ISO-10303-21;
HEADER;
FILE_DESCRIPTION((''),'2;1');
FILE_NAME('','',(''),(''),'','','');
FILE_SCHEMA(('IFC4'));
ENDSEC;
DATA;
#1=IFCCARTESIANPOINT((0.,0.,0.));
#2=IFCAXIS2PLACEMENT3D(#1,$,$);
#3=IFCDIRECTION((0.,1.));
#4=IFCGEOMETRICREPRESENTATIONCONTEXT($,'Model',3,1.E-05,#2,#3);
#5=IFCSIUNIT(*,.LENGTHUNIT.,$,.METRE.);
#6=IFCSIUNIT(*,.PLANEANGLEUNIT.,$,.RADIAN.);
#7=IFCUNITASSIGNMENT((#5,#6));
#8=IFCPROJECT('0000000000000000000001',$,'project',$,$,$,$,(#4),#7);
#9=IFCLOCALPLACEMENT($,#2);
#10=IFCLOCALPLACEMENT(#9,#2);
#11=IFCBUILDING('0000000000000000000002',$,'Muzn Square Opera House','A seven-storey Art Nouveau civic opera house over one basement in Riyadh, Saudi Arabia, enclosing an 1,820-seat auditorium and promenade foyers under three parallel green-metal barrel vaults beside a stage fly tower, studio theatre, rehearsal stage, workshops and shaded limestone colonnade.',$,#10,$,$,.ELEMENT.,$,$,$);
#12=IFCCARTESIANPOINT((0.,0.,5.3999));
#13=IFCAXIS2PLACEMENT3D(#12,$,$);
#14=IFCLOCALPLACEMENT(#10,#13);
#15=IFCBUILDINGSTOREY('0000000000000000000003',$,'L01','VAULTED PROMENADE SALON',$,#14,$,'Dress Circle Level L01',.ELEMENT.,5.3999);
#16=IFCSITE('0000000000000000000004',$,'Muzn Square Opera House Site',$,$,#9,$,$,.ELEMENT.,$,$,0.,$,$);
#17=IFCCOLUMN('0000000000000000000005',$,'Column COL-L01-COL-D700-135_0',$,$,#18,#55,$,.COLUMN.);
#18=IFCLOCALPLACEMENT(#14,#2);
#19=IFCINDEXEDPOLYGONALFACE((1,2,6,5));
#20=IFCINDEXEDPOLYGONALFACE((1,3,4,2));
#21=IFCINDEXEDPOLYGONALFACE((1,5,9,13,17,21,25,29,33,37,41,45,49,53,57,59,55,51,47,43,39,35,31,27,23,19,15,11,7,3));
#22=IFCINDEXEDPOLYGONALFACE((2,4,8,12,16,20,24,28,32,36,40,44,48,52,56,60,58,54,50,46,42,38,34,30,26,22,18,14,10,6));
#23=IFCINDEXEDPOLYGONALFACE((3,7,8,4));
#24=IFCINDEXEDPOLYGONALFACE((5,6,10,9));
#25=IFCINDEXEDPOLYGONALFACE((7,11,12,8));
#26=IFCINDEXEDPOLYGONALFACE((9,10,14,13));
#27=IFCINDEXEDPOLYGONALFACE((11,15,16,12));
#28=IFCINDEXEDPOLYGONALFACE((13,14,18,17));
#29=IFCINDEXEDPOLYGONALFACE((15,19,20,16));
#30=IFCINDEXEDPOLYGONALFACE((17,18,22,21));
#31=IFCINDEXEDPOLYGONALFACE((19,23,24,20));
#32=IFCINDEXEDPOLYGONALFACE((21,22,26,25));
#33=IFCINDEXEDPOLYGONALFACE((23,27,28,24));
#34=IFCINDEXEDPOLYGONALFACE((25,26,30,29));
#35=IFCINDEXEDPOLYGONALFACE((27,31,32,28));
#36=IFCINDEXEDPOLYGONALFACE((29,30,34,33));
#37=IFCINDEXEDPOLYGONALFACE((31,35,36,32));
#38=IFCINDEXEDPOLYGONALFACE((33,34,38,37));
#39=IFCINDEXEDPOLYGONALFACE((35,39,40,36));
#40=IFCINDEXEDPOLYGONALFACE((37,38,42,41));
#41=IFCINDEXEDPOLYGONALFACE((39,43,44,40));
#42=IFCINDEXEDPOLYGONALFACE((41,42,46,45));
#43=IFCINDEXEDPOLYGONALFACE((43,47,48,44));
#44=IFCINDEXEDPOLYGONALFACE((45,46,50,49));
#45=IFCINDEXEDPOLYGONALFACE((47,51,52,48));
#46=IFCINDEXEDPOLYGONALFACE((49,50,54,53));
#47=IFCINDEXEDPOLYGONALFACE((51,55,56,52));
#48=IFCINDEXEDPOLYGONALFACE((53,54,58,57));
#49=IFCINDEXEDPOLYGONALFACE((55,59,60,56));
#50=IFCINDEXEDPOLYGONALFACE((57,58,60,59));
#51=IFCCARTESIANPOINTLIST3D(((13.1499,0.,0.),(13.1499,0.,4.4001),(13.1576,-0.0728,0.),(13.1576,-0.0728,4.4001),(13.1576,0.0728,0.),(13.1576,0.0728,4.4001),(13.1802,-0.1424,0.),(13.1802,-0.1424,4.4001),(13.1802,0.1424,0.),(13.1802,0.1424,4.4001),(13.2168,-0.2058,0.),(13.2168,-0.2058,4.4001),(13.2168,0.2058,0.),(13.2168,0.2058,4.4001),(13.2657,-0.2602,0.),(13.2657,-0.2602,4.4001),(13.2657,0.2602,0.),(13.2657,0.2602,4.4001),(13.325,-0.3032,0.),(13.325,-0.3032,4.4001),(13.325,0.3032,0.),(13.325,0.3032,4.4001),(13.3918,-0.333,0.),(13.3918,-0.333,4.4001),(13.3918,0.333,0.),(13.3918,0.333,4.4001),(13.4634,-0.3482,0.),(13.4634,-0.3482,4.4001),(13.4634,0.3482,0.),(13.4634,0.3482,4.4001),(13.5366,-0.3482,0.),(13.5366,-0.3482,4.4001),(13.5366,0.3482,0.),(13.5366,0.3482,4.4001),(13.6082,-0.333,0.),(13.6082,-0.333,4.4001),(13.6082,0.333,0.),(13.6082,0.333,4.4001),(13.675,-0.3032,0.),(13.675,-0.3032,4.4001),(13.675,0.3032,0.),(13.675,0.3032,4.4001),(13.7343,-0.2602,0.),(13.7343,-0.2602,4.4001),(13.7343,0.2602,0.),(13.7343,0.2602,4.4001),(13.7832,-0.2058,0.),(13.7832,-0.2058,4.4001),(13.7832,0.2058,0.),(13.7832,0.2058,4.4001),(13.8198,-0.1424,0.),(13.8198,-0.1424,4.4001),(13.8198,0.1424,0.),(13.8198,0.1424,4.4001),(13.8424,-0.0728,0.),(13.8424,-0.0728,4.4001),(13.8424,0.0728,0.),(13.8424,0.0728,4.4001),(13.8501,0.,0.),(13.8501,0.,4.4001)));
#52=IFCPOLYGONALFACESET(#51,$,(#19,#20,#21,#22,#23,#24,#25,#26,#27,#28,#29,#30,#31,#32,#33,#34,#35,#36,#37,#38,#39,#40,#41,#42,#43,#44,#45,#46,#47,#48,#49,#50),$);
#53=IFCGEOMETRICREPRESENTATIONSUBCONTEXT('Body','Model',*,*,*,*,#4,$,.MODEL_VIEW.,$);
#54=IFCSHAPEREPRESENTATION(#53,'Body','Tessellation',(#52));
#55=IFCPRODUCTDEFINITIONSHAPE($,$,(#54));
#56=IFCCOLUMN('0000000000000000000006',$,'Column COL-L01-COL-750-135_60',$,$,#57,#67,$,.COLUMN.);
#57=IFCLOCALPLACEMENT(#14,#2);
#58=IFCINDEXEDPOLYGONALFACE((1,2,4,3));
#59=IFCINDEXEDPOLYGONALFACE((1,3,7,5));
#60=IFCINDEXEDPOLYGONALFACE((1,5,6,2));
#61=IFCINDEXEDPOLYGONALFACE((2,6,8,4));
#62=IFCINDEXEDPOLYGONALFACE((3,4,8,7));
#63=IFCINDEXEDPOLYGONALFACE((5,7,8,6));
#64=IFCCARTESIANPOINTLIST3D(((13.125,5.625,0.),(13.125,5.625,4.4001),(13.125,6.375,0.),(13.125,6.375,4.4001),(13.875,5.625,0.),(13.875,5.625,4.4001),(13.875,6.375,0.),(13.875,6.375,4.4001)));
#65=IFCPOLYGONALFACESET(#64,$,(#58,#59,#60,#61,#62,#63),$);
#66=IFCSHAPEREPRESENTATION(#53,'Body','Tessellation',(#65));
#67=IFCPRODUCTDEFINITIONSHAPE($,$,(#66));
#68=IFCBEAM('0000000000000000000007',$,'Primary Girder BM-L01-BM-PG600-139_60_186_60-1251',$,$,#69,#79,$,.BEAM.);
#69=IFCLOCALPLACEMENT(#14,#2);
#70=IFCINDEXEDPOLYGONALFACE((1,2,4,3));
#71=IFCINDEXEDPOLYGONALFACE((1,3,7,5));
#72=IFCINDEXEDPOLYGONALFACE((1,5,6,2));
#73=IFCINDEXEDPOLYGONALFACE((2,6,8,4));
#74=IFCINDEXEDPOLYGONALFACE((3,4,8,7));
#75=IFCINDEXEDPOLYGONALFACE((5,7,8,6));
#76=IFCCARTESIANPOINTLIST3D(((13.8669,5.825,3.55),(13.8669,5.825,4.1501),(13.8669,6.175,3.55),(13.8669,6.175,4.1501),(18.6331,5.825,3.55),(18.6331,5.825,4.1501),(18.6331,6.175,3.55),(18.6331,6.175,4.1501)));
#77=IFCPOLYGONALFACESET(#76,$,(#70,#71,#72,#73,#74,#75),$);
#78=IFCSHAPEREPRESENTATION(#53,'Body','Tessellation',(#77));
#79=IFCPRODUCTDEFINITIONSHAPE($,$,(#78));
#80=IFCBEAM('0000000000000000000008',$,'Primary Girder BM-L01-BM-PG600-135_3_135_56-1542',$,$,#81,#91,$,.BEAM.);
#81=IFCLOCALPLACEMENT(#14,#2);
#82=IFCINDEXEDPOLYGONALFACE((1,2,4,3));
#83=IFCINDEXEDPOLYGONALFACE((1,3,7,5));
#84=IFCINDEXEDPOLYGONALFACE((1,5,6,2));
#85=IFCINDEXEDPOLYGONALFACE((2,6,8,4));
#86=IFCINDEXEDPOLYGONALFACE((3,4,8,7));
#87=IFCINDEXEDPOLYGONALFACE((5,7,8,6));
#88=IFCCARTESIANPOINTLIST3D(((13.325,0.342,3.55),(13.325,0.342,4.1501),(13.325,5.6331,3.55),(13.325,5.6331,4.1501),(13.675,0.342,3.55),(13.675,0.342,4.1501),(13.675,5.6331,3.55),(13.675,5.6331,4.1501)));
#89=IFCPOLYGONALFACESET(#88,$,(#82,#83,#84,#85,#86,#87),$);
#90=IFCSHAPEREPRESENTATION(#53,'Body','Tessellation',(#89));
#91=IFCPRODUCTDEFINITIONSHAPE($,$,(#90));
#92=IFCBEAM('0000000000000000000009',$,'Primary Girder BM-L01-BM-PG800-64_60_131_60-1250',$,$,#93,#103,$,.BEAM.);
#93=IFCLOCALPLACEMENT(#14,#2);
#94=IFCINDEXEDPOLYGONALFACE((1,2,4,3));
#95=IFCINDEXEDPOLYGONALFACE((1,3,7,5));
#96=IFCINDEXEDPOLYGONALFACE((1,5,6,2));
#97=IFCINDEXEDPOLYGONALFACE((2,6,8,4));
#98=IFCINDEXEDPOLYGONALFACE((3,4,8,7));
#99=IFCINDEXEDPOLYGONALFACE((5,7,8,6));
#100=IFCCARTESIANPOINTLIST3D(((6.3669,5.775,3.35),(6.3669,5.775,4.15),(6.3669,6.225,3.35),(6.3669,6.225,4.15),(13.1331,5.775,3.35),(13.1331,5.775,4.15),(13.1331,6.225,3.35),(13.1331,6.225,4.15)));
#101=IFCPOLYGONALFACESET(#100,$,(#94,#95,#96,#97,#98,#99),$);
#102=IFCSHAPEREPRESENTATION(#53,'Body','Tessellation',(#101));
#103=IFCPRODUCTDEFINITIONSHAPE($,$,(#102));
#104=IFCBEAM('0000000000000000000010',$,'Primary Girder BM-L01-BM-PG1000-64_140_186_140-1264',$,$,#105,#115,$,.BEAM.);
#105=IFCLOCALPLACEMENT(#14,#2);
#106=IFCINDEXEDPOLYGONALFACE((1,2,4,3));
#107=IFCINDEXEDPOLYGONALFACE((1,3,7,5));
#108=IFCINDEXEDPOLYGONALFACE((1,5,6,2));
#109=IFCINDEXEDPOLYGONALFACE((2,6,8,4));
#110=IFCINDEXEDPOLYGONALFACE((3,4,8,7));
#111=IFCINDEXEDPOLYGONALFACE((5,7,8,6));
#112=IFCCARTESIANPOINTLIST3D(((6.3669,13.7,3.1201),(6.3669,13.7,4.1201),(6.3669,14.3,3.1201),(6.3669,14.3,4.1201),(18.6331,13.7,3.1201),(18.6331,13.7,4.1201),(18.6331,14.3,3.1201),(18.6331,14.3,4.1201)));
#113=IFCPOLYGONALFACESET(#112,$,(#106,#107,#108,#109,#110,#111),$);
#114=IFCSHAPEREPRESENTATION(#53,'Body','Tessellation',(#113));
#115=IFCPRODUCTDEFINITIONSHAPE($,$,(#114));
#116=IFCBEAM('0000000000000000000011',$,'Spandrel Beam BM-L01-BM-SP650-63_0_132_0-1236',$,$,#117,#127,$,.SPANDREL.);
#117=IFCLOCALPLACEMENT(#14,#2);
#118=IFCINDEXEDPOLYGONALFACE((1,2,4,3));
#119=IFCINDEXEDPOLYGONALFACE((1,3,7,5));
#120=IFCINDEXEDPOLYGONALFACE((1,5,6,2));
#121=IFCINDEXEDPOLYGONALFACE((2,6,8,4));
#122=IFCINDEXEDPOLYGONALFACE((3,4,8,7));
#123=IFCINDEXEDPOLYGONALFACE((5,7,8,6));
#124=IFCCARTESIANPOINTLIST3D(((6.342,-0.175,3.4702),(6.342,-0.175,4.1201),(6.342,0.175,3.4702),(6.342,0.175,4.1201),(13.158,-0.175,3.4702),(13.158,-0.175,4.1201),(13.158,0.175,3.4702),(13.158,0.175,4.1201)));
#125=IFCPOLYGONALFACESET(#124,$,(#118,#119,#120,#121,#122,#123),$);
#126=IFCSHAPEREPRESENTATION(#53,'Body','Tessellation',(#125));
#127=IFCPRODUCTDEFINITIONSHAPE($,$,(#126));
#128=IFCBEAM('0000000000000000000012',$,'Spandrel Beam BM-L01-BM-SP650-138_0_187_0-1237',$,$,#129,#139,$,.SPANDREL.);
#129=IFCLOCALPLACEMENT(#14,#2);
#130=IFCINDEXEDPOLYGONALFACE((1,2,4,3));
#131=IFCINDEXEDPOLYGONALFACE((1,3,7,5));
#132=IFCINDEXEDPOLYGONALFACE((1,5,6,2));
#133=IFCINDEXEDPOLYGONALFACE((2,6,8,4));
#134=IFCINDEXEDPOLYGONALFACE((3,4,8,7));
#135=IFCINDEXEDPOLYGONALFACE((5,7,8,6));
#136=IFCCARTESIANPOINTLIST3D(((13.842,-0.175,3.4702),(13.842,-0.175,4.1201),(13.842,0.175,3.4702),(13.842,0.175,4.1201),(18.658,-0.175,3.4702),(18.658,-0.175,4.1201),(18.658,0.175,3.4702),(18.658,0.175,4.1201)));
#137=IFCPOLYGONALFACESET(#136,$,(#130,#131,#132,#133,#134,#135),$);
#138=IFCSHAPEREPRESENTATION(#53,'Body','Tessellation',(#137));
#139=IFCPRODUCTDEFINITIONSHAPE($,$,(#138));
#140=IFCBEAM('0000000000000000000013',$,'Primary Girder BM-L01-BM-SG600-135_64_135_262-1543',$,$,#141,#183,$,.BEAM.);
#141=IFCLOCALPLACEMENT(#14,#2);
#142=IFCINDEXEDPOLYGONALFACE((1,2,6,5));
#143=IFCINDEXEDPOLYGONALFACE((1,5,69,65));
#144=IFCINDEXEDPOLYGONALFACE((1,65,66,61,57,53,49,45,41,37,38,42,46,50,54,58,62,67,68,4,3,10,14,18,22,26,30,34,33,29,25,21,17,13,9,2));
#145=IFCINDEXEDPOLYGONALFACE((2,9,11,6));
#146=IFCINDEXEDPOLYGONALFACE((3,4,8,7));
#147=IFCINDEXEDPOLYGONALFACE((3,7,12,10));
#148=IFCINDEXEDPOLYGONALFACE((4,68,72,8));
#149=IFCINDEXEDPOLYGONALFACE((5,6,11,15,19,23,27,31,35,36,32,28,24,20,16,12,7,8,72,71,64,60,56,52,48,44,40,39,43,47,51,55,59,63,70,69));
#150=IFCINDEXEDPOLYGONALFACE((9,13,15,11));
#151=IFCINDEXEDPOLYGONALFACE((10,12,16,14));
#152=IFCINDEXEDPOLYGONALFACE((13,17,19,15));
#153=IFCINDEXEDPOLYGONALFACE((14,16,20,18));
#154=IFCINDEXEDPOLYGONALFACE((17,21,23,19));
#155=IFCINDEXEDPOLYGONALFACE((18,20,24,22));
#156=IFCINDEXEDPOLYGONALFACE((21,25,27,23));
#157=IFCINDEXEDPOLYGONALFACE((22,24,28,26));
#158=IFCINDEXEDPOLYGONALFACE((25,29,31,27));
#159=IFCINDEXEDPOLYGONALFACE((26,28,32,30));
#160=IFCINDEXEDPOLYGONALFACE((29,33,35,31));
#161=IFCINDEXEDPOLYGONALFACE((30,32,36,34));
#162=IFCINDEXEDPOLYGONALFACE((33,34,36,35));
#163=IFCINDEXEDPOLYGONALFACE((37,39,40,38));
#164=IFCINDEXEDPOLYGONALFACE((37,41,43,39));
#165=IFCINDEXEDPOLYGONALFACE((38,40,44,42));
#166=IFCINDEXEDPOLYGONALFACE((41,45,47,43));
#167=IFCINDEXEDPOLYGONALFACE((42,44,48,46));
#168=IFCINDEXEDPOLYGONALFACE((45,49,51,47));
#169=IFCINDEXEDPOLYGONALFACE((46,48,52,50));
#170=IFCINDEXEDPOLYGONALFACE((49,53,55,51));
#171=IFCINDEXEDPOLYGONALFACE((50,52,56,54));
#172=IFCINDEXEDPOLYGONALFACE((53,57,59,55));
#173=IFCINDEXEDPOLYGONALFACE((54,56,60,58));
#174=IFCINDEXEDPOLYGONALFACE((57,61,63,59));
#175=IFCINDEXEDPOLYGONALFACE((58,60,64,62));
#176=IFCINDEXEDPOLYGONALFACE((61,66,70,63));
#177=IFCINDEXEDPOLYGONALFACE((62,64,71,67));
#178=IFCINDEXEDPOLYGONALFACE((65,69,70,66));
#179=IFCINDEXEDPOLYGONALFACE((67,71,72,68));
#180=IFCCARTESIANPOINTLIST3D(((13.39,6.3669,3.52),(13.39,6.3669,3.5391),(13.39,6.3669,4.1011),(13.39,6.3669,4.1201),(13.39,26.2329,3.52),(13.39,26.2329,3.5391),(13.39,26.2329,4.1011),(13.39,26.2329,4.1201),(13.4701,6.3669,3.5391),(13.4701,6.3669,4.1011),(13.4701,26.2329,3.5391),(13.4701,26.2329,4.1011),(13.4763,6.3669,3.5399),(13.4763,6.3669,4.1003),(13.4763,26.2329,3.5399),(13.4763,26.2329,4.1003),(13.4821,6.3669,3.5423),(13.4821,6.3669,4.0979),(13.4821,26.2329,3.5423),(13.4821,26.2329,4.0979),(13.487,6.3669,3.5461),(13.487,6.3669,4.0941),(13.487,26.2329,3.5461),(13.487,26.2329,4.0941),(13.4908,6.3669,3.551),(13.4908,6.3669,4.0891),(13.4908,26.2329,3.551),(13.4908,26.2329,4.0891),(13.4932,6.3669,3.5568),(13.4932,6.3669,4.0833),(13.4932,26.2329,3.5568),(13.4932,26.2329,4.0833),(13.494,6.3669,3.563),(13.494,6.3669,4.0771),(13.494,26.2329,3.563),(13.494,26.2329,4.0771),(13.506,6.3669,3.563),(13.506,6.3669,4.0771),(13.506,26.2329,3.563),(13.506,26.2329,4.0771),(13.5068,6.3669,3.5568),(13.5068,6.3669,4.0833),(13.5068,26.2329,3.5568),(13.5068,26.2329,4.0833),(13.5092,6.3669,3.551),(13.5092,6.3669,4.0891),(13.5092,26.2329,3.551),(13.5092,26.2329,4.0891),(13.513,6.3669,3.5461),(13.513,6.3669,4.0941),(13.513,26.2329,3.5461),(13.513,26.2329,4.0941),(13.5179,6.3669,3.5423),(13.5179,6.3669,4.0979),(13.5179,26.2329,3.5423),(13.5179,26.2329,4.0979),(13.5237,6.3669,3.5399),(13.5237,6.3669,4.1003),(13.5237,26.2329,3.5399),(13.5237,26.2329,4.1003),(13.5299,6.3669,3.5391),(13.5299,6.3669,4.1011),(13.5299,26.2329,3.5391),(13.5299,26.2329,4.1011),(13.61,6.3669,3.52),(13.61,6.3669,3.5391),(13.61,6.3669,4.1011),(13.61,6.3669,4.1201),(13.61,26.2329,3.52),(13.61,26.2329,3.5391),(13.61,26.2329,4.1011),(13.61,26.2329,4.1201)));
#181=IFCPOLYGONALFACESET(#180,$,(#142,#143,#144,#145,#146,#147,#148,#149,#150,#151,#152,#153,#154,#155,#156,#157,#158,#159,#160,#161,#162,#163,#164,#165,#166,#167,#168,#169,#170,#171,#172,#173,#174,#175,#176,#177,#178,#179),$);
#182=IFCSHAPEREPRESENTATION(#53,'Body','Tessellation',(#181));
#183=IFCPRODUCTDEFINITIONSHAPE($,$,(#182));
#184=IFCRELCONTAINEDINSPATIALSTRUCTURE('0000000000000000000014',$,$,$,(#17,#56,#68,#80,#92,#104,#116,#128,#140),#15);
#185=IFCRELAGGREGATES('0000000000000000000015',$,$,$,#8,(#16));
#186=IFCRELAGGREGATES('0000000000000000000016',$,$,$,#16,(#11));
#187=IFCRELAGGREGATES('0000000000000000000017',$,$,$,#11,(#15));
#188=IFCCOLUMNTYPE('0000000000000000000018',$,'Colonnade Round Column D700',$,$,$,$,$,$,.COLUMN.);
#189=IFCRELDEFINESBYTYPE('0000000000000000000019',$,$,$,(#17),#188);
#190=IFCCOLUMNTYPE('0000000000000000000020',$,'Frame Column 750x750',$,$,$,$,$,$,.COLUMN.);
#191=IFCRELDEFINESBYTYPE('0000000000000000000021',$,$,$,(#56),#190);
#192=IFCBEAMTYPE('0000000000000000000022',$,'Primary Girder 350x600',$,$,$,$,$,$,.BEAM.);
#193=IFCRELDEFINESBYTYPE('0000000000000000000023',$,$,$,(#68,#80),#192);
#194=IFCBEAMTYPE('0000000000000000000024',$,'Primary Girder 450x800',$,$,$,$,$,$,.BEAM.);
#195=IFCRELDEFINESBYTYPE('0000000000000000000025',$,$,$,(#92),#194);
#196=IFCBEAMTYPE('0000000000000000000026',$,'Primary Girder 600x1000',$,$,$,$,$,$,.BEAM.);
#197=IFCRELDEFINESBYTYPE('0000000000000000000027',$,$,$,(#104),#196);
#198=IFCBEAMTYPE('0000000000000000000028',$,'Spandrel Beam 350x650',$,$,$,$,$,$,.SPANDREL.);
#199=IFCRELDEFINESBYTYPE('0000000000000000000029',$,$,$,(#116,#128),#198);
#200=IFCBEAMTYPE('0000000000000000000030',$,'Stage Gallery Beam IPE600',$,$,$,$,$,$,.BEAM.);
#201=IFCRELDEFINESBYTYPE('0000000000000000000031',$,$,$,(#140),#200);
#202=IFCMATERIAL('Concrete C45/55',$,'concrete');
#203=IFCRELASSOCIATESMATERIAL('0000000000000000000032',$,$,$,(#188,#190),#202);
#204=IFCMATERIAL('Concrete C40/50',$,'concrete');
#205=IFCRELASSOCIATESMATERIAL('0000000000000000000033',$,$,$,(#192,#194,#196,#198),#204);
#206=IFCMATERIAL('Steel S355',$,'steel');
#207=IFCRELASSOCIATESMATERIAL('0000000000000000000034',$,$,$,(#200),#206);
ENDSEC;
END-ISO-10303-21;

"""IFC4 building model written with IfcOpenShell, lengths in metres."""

from ifc_helpers import new_model, si_unit, direction, frame, origin, origin_2d, place, context, subcontext, project, spatial, rectangle, circle, i_section, extrude, material, material_profile, profile_set, type_object, element, save


model = new_model("IFC4")

# Units and contexts
model_context = context("Model", 3, precision=1e-05, world=origin(), true_north=direction((0.0, 1.0)))
body_context = subcontext(model_context, "Body", "Model", "MODEL_VIEW")
ifc_project = project(units=[si_unit("LENGTHUNIT", "METRE"), si_unit("PLANEANGLEUNIT", "RADIAN")], contexts=[model_context])

# Site, building, storey
site_placement = place(None, origin())
site = spatial("IfcSite", under=ifc_project, at=site_placement, Name="Muzn Square Opera House Site", CompositionType="ELEMENT", RefElevation=0.0)
building_placement = place(site_placement, origin())
building = spatial("IfcBuilding", under=site, at=building_placement, Name="Muzn Square Opera House", Description="A seven-storey Art Nouveau civic opera house over one basement in Riyadh, Saudi Arabia, enclosing an 1,820-seat auditorium and promenade foyers under three parallel green-metal barrel vaults beside a stage fly tower, studio theatre, rehearsal stage, workshops and shaded limestone colonnade.", CompositionType="ELEMENT")
storey_placement = place(building_placement, frame((0.0, 0.0, 5.3999)))
storey = spatial("IfcBuildingStorey", under=building, at=storey_placement, Name="L01", Description="VAULTED PROMENADE SALON", LongName="Dress Circle Level L01", CompositionType="ELEMENT", Elevation=5.3999)

# Columns
ifc_material_1 = material(Name="Concrete C45/55", Category="concrete")
ifc_material_profile_1 = material_profile(ifc_material_1, circle(Radius=0.3501, at=origin_2d()), Name="RCC D700", Category="concrete")
ifc_profile_set_1 = profile_set([ifc_material_profile_1], Name="Concrete C45/55")
column_type_1 = type_object("IfcColumnType", Name="Colonnade Round Column D700", PredefinedType="COLUMN", material=ifc_profile_set_1)
column_1_placement = place(storey_placement, frame((13.5, 0.0, 0.0), z_axis=(0.0, 0.0, 1.0), x_axis=(1.0, 0.0, 0.0)))
element("IfcColumn", 1, at=column_1_placement, inside=storey, type_object=column_type_1, Name="Column COL-L01-COL-D700-135_0", PredefinedType="COLUMN", context=body_context, shape_type="SweptSolid", body=[
    extrude(circle(Radius=0.3501, at=origin_2d()), origin(), (0.0, 0.0, 1.0), 4.4001),
])
ifc_material_profile_2 = material_profile(ifc_material_1, rectangle(XDim=0.75, YDim=0.75, at=origin_2d()), Name="RC 750x750", Category="concrete")
ifc_profile_set_2 = profile_set([ifc_material_profile_2], Name="Concrete C45/55")
column_type_2 = type_object("IfcColumnType", Name="Frame Column 750x750", PredefinedType="COLUMN", material=ifc_profile_set_2)
column_2_placement = place(storey_placement, frame((13.5, 6.0, 0.0), z_axis=(0.0, 0.0, 1.0), x_axis=(1.0, 0.0, 0.0)))
element("IfcColumn", 2, at=column_2_placement, inside=storey, type_object=column_type_2, Name="Column COL-L01-COL-750-135_60", PredefinedType="COLUMN", context=body_context, shape_type="SweptSolid", body=[
    extrude(rectangle(XDim=0.75, YDim=0.75, at=origin_2d()), origin(), (0.0, 0.0, 1.0), 4.4001),
])

# Beams
ifc_material_2 = material(Name="Concrete C40/50", Category="concrete")
ifc_material_profile_3 = material_profile(ifc_material_2, rectangle(XDim=0.3501, YDim=0.6001, at=origin_2d()), Name="RCB 350x600", Category="concrete")
ifc_profile_set_3 = profile_set([ifc_material_profile_3], Name="Concrete C40/50")
beam_type_1 = type_object("IfcBeamType", Name="Primary Girder 350x600", PredefinedType="BEAM", material=ifc_profile_set_3)
beam_1_placement = place(storey_placement, frame((13.8669, 6.0, 3.8501), z_axis=(1.0, 0.0, 0.0), x_axis=(0.0, 1.0, 0.0)))
element("IfcBeam", 3, at=beam_1_placement, inside=storey, type_object=beam_type_1, Name="Primary Girder BM-L01-BM-PG600-139_60_186_60-1251", PredefinedType="BEAM", context=body_context, shape_type="SweptSolid", body=[
    extrude(rectangle(XDim=0.3501, YDim=0.6001, at=origin_2d()), origin(), (0.0, 0.0, 1.0), 4.7661),
])
beam_2_placement = place(storey_placement, frame((13.5, 0.342, 3.8501), z_axis=(0.0, 1.0, 0.0), x_axis=(-1.0, 0.0, 0.0)))
element("IfcBeam", 4, at=beam_2_placement, inside=storey, type_object=beam_type_1, Name="Primary Girder BM-L01-BM-PG600-135_3_135_56-1542", PredefinedType="BEAM", context=body_context, shape_type="SweptSolid", body=[
    extrude(rectangle(XDim=0.3501, YDim=0.6001, at=origin_2d()), origin(), (0.0, 0.0, 1.0), 5.291),
])
ifc_material_profile_4 = material_profile(ifc_material_2, rectangle(XDim=0.45, YDim=0.8, at=origin_2d()), Name="RCB 450x800", Category="concrete")
ifc_profile_set_4 = profile_set([ifc_material_profile_4], Name="Concrete C40/50")
beam_type_2 = type_object("IfcBeamType", Name="Primary Girder 450x800", PredefinedType="BEAM", material=ifc_profile_set_4)
beam_3_placement = place(storey_placement, frame((6.3669, 6.0, 3.75), z_axis=(1.0, 0.0, 0.0), x_axis=(0.0, 1.0, 0.0)))
element("IfcBeam", 5, at=beam_3_placement, inside=storey, type_object=beam_type_2, Name="Primary Girder BM-L01-BM-PG800-64_60_131_60-1250", PredefinedType="BEAM", context=body_context, shape_type="SweptSolid", body=[
    extrude(rectangle(XDim=0.45, YDim=0.8, at=origin_2d()), origin(), (0.0, 0.0, 1.0), 6.7661),
])
ifc_material_profile_5 = material_profile(ifc_material_2, rectangle(XDim=0.6001, YDim=1.0, at=origin_2d()), Name="RCB 600x1000", Category="concrete")
ifc_profile_set_5 = profile_set([ifc_material_profile_5], Name="Concrete C40/50")
beam_type_3 = type_object("IfcBeamType", Name="Primary Girder 600x1000", PredefinedType="BEAM", material=ifc_profile_set_5)
beam_4_placement = place(storey_placement, frame((6.3669, 14.0, 3.6201), z_axis=(1.0, 0.0, 0.0), x_axis=(0.0, 1.0, 0.0)))
element("IfcBeam", 6, at=beam_4_placement, inside=storey, type_object=beam_type_3, Name="Primary Girder BM-L01-BM-PG1000-64_140_186_140-1264", PredefinedType="BEAM", context=body_context, shape_type="SweptSolid", body=[
    extrude(rectangle(XDim=0.6001, YDim=1.0, at=origin_2d()), origin(), (0.0, 0.0, 1.0), 12.2661),
])
ifc_material_profile_6 = material_profile(ifc_material_2, rectangle(XDim=0.3501, YDim=0.6499, at=origin_2d()), Name="RCS 350x650", Category="concrete")
ifc_profile_set_6 = profile_set([ifc_material_profile_6], Name="Concrete C40/50")
beam_type_4 = type_object("IfcBeamType", Name="Spandrel Beam 350x650", PredefinedType="SPANDREL", material=ifc_profile_set_6)
beam_5_placement = place(storey_placement, frame((6.342, 0.0, 3.7952), z_axis=(1.0, 0.0, 0.0), x_axis=(0.0, 1.0, 0.0)))
element("IfcBeam", 7, at=beam_5_placement, inside=storey, type_object=beam_type_4, Name="Spandrel Beam BM-L01-BM-SP650-63_0_132_0-1236", PredefinedType="SPANDREL", context=body_context, shape_type="SweptSolid", body=[
    extrude(rectangle(XDim=0.3501, YDim=0.6499, at=origin_2d()), origin(), (0.0, 0.0, 1.0), 6.8159),
])
beam_6_placement = place(storey_placement, frame((13.842, 0.0, 3.7952), z_axis=(1.0, 0.0, 0.0), x_axis=(0.0, 1.0, 0.0)))
element("IfcBeam", 8, at=beam_6_placement, inside=storey, type_object=beam_type_4, Name="Spandrel Beam BM-L01-BM-SP650-138_0_187_0-1237", PredefinedType="SPANDREL", context=body_context, shape_type="SweptSolid", body=[
    extrude(rectangle(XDim=0.3501, YDim=0.6499, at=origin_2d()), origin(), (0.0, 0.0, 1.0), 4.8159),
])
ifc_material_3 = material(Name="Steel S355", Category="steel")
ifc_material_profile_7 = material_profile(ifc_material_3, i_section(OverallWidth=0.22, OverallDepth=0.6001, WebThickness=0.012, FlangeThickness=0.019, FilletRadius=0.0239, at=origin_2d()), Name="IPE 600", Category="steel")
ifc_profile_set_7 = profile_set([ifc_material_profile_7], Name="Steel S355")
beam_type_5 = type_object("IfcBeamType", Name="Stage Gallery Beam IPE600", PredefinedType="BEAM", material=ifc_profile_set_7)
beam_7_placement = place(storey_placement, frame((13.5, 6.3669, 3.8201), z_axis=(0.0, 1.0, 0.0), x_axis=(-1.0, 0.0, 0.0)))
element("IfcBeam", 9, at=beam_7_placement, inside=storey, type_object=beam_type_5, Name="Primary Girder BM-L01-BM-SG600-135_64_135_262-1543", PredefinedType="BEAM", context=body_context, shape_type="SweptSolid", body=[
    extrude(i_section(OverallWidth=0.22, OverallDepth=0.6001, WebThickness=0.012, FlangeThickness=0.019, FilletRadius=0.0239, at=origin_2d()), origin(), (0.0, 0.0, 1.0), 19.866),
])

save(model, "model.ifc")
